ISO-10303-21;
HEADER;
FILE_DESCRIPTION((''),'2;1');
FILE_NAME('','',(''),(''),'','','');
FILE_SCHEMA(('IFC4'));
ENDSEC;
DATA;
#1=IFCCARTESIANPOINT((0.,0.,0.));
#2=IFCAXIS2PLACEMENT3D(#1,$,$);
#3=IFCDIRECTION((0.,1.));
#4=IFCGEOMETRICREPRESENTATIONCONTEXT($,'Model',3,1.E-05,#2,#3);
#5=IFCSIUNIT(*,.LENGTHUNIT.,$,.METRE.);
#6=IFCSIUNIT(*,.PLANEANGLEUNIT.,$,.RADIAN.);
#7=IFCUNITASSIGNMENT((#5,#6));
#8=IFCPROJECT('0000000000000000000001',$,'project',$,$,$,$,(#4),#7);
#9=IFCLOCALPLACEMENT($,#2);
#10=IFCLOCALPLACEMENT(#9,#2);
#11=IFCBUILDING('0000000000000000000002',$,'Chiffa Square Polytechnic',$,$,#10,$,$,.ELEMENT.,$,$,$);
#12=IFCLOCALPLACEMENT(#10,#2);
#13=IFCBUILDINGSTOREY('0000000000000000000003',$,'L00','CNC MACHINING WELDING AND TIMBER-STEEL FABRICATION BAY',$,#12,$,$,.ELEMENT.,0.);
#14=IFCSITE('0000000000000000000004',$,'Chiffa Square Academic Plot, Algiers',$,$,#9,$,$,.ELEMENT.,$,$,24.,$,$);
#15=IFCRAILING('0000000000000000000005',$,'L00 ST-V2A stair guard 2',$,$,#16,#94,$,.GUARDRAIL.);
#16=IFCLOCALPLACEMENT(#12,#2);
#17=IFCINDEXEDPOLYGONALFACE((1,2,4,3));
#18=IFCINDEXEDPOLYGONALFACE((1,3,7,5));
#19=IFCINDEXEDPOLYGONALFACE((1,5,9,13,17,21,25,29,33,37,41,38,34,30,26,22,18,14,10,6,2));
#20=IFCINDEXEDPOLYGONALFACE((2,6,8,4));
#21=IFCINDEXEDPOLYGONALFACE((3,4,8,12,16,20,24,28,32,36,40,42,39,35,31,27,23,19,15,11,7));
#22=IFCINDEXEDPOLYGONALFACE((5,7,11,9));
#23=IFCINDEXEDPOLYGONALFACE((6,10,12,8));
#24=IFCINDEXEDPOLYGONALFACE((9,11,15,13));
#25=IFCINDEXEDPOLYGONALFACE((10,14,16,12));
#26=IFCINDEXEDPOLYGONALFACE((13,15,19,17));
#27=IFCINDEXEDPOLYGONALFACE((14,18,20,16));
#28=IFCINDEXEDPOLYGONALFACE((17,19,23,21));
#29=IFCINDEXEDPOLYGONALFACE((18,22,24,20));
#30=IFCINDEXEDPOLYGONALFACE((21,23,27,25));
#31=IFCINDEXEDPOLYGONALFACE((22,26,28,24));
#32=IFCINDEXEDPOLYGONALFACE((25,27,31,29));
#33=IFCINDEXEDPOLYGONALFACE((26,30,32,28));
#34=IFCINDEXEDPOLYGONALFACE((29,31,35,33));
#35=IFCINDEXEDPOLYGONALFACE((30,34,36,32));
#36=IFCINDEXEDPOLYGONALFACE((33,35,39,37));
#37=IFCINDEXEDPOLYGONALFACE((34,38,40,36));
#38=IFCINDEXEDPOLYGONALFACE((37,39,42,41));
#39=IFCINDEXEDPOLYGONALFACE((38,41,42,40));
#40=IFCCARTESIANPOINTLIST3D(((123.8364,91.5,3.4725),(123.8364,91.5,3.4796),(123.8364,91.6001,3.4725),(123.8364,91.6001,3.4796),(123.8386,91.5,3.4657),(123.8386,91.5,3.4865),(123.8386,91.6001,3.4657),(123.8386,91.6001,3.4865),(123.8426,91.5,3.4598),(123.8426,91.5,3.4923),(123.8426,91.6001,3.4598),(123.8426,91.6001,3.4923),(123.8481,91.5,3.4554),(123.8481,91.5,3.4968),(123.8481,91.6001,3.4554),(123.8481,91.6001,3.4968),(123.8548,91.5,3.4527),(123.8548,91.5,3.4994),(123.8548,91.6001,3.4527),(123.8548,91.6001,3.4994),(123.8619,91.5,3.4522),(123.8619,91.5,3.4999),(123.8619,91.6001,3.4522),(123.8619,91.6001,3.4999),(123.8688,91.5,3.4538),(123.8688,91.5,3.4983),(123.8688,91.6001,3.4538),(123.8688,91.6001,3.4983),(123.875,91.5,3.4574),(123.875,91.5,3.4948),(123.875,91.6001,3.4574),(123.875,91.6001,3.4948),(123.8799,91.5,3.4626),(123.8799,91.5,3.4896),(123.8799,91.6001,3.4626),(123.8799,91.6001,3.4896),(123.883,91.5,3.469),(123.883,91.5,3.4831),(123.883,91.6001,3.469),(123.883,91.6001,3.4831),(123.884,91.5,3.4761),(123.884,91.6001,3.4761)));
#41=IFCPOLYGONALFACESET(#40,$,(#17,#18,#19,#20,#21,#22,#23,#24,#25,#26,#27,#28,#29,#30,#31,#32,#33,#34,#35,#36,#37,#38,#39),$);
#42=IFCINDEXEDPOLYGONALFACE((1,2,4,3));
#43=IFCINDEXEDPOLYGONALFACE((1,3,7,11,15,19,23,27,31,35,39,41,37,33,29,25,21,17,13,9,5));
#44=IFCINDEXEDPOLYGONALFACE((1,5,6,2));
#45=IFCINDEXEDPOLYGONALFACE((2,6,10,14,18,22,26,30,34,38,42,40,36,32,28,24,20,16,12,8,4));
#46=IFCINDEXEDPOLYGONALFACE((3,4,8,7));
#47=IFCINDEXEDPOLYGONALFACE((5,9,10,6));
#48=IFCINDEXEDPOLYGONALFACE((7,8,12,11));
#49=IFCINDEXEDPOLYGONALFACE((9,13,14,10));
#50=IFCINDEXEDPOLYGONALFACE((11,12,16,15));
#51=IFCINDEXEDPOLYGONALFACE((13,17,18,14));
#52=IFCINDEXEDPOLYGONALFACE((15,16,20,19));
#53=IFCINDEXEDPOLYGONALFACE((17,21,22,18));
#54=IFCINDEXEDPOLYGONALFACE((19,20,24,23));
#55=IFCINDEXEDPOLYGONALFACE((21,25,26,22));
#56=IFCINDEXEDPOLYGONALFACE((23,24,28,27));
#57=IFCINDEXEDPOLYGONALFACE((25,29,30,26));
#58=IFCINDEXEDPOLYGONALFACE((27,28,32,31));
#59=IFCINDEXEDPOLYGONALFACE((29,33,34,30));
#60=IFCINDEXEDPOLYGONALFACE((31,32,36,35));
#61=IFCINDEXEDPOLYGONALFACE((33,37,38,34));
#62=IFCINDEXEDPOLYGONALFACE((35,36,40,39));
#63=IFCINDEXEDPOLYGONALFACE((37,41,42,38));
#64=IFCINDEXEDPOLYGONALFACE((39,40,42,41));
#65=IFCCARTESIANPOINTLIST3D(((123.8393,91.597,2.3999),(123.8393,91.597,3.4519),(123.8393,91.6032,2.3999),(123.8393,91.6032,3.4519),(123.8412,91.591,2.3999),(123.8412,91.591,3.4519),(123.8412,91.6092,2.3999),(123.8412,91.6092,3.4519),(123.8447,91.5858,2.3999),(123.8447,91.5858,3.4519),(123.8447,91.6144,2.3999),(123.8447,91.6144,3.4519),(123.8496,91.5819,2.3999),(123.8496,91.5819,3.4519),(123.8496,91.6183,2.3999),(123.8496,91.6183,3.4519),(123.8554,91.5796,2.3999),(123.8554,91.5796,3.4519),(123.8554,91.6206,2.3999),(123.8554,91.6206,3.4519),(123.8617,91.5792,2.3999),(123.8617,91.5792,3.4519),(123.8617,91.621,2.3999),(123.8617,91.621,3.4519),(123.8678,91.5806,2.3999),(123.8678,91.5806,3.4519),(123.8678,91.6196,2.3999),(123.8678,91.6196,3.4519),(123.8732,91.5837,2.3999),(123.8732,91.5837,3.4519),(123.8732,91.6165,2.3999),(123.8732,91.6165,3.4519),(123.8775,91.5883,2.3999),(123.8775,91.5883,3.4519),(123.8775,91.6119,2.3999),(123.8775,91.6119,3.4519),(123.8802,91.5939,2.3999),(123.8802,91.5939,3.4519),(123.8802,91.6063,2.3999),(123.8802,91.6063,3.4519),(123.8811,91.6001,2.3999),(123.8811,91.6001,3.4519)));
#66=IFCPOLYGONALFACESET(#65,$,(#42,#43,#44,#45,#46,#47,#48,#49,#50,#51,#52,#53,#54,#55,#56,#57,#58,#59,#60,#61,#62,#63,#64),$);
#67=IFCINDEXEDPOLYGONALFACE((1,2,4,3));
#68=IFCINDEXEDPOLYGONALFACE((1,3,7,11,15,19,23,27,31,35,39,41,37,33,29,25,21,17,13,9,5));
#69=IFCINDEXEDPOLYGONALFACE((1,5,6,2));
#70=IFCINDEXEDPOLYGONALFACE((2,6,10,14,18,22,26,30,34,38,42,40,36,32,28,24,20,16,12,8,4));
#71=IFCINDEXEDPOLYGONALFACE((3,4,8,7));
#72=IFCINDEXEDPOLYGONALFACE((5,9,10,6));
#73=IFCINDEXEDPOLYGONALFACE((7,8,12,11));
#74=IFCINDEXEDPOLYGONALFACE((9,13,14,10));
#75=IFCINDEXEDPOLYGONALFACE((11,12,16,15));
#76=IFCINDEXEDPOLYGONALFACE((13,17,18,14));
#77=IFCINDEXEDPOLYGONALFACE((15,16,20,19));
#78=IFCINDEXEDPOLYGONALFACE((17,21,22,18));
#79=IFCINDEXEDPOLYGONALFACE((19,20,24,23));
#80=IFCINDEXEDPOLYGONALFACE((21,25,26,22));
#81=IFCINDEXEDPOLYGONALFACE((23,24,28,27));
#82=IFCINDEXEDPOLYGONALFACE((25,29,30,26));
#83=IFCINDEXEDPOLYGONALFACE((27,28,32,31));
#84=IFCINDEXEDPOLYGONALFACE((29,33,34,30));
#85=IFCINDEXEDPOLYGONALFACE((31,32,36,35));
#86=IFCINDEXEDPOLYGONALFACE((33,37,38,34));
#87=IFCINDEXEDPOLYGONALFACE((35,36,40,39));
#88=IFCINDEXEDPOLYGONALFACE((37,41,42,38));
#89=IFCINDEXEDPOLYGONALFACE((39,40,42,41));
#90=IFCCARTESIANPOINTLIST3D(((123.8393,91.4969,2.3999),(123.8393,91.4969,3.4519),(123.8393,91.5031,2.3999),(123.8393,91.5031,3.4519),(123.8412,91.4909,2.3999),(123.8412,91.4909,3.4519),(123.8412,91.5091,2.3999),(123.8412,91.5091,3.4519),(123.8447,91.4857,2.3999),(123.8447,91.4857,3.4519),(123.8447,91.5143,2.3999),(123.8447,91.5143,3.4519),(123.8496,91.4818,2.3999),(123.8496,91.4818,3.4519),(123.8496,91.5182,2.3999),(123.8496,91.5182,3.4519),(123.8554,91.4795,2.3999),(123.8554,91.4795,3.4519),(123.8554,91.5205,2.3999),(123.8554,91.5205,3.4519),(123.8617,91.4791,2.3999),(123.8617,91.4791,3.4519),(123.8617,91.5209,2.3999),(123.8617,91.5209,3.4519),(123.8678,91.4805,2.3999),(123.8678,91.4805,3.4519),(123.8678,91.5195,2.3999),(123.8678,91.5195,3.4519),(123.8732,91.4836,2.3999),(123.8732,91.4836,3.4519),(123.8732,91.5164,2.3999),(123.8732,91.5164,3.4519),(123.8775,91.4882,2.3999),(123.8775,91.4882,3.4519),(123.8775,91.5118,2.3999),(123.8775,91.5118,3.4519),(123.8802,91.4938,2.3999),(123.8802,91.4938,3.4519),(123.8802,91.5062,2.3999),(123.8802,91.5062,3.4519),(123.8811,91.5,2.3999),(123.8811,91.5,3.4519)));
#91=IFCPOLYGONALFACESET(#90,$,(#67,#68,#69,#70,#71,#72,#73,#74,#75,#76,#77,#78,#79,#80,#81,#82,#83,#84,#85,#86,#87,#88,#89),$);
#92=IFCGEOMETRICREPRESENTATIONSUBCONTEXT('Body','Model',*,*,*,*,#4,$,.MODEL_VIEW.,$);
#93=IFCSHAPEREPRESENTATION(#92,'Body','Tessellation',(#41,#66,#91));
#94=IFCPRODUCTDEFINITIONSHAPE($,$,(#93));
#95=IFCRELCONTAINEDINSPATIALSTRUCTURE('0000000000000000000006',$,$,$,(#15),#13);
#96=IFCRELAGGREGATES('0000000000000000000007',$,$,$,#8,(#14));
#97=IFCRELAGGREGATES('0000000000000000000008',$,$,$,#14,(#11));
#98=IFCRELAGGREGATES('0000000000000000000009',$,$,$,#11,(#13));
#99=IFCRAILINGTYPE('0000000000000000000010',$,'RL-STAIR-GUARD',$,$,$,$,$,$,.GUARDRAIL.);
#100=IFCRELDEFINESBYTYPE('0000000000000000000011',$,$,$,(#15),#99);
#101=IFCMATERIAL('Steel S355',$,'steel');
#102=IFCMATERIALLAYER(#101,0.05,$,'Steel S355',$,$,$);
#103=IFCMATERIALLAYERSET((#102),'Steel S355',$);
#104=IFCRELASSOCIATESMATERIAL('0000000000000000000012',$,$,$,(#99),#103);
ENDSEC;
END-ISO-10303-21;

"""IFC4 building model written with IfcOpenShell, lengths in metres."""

from ifc_helpers import new_model, si_unit, direction, frame, origin, origin_2d, place, context, subcontext, project, spatial, circle, extrude, material, layer, layer_set, type_object, element, save


model = new_model("IFC4")

# Units and contexts
model_context = context("Model", 3, precision=1e-05, world=origin(), true_north=direction((0.0, 1.0)))
body_context = subcontext(model_context, "Body", "Model", "MODEL_VIEW")
ifc_project = project(units=[si_unit("LENGTHUNIT", "METRE"), si_unit("PLANEANGLEUNIT", "RADIAN")], contexts=[model_context])

# Site, building, storey
site_placement = place(None, origin())
site = spatial("IfcSite", under=ifc_project, at=site_placement, Name="Chiffa Square Academic Plot, Algiers", CompositionType="ELEMENT", RefElevation=24.0)
building_placement = place(site_placement, origin())
building = spatial("IfcBuilding", under=site, at=building_placement, Name="Chiffa Square Polytechnic", CompositionType="ELEMENT")
storey_placement = place(building_placement, origin())
storey = spatial("IfcBuildingStorey", under=building, at=storey_placement, Name="L00", Description="CNC MACHINING WELDING AND TIMBER-STEEL FABRICATION BAY", CompositionType="ELEMENT", Elevation=0.0)

# Railing
ifc_material_1 = material(Name="Steel S355", Category="steel")
ifc_layer_1 = layer(ifc_material_1, 0.05, Name="Steel S355")
ifc_layer_set_1 = layer_set([ifc_layer_1], Name="Steel S355")
railing_type_1 = type_object("IfcRailingType", Name="RL-STAIR-GUARD", PredefinedType="GUARDRAIL", material=ifc_layer_set_1)
railing_1_placement = place(storey_placement, frame((123.8601, 91.6001, 2.3999)))
element("IfcRailing", 1, at=railing_1_placement, inside=storey, type_object=railing_type_1, Name="L00 ST-V2A stair guard 2", PredefinedType="GUARDRAIL", context=body_context, shape_type="SweptSolid", body=[
    extrude(circle(Radius=0.0239, at=origin_2d()), frame((0.0, 0.0, 1.0762), z_axis=(0.0, -1.0, 0.0), x_axis=(1.0, 0.0, 0.0)), (0.0, 0.0, 1.0), 0.1001),
    extrude(circle(Radius=0.021, at=origin_2d()), origin(), (0.0, 0.0, 1.0), 1.052),
    extrude(circle(Radius=0.021, at=origin_2d()), frame((0.0, -0.1001, 0.0)), (0.0, 0.0, 1.0), 1.052),
])

save(model, "model.ifc")
